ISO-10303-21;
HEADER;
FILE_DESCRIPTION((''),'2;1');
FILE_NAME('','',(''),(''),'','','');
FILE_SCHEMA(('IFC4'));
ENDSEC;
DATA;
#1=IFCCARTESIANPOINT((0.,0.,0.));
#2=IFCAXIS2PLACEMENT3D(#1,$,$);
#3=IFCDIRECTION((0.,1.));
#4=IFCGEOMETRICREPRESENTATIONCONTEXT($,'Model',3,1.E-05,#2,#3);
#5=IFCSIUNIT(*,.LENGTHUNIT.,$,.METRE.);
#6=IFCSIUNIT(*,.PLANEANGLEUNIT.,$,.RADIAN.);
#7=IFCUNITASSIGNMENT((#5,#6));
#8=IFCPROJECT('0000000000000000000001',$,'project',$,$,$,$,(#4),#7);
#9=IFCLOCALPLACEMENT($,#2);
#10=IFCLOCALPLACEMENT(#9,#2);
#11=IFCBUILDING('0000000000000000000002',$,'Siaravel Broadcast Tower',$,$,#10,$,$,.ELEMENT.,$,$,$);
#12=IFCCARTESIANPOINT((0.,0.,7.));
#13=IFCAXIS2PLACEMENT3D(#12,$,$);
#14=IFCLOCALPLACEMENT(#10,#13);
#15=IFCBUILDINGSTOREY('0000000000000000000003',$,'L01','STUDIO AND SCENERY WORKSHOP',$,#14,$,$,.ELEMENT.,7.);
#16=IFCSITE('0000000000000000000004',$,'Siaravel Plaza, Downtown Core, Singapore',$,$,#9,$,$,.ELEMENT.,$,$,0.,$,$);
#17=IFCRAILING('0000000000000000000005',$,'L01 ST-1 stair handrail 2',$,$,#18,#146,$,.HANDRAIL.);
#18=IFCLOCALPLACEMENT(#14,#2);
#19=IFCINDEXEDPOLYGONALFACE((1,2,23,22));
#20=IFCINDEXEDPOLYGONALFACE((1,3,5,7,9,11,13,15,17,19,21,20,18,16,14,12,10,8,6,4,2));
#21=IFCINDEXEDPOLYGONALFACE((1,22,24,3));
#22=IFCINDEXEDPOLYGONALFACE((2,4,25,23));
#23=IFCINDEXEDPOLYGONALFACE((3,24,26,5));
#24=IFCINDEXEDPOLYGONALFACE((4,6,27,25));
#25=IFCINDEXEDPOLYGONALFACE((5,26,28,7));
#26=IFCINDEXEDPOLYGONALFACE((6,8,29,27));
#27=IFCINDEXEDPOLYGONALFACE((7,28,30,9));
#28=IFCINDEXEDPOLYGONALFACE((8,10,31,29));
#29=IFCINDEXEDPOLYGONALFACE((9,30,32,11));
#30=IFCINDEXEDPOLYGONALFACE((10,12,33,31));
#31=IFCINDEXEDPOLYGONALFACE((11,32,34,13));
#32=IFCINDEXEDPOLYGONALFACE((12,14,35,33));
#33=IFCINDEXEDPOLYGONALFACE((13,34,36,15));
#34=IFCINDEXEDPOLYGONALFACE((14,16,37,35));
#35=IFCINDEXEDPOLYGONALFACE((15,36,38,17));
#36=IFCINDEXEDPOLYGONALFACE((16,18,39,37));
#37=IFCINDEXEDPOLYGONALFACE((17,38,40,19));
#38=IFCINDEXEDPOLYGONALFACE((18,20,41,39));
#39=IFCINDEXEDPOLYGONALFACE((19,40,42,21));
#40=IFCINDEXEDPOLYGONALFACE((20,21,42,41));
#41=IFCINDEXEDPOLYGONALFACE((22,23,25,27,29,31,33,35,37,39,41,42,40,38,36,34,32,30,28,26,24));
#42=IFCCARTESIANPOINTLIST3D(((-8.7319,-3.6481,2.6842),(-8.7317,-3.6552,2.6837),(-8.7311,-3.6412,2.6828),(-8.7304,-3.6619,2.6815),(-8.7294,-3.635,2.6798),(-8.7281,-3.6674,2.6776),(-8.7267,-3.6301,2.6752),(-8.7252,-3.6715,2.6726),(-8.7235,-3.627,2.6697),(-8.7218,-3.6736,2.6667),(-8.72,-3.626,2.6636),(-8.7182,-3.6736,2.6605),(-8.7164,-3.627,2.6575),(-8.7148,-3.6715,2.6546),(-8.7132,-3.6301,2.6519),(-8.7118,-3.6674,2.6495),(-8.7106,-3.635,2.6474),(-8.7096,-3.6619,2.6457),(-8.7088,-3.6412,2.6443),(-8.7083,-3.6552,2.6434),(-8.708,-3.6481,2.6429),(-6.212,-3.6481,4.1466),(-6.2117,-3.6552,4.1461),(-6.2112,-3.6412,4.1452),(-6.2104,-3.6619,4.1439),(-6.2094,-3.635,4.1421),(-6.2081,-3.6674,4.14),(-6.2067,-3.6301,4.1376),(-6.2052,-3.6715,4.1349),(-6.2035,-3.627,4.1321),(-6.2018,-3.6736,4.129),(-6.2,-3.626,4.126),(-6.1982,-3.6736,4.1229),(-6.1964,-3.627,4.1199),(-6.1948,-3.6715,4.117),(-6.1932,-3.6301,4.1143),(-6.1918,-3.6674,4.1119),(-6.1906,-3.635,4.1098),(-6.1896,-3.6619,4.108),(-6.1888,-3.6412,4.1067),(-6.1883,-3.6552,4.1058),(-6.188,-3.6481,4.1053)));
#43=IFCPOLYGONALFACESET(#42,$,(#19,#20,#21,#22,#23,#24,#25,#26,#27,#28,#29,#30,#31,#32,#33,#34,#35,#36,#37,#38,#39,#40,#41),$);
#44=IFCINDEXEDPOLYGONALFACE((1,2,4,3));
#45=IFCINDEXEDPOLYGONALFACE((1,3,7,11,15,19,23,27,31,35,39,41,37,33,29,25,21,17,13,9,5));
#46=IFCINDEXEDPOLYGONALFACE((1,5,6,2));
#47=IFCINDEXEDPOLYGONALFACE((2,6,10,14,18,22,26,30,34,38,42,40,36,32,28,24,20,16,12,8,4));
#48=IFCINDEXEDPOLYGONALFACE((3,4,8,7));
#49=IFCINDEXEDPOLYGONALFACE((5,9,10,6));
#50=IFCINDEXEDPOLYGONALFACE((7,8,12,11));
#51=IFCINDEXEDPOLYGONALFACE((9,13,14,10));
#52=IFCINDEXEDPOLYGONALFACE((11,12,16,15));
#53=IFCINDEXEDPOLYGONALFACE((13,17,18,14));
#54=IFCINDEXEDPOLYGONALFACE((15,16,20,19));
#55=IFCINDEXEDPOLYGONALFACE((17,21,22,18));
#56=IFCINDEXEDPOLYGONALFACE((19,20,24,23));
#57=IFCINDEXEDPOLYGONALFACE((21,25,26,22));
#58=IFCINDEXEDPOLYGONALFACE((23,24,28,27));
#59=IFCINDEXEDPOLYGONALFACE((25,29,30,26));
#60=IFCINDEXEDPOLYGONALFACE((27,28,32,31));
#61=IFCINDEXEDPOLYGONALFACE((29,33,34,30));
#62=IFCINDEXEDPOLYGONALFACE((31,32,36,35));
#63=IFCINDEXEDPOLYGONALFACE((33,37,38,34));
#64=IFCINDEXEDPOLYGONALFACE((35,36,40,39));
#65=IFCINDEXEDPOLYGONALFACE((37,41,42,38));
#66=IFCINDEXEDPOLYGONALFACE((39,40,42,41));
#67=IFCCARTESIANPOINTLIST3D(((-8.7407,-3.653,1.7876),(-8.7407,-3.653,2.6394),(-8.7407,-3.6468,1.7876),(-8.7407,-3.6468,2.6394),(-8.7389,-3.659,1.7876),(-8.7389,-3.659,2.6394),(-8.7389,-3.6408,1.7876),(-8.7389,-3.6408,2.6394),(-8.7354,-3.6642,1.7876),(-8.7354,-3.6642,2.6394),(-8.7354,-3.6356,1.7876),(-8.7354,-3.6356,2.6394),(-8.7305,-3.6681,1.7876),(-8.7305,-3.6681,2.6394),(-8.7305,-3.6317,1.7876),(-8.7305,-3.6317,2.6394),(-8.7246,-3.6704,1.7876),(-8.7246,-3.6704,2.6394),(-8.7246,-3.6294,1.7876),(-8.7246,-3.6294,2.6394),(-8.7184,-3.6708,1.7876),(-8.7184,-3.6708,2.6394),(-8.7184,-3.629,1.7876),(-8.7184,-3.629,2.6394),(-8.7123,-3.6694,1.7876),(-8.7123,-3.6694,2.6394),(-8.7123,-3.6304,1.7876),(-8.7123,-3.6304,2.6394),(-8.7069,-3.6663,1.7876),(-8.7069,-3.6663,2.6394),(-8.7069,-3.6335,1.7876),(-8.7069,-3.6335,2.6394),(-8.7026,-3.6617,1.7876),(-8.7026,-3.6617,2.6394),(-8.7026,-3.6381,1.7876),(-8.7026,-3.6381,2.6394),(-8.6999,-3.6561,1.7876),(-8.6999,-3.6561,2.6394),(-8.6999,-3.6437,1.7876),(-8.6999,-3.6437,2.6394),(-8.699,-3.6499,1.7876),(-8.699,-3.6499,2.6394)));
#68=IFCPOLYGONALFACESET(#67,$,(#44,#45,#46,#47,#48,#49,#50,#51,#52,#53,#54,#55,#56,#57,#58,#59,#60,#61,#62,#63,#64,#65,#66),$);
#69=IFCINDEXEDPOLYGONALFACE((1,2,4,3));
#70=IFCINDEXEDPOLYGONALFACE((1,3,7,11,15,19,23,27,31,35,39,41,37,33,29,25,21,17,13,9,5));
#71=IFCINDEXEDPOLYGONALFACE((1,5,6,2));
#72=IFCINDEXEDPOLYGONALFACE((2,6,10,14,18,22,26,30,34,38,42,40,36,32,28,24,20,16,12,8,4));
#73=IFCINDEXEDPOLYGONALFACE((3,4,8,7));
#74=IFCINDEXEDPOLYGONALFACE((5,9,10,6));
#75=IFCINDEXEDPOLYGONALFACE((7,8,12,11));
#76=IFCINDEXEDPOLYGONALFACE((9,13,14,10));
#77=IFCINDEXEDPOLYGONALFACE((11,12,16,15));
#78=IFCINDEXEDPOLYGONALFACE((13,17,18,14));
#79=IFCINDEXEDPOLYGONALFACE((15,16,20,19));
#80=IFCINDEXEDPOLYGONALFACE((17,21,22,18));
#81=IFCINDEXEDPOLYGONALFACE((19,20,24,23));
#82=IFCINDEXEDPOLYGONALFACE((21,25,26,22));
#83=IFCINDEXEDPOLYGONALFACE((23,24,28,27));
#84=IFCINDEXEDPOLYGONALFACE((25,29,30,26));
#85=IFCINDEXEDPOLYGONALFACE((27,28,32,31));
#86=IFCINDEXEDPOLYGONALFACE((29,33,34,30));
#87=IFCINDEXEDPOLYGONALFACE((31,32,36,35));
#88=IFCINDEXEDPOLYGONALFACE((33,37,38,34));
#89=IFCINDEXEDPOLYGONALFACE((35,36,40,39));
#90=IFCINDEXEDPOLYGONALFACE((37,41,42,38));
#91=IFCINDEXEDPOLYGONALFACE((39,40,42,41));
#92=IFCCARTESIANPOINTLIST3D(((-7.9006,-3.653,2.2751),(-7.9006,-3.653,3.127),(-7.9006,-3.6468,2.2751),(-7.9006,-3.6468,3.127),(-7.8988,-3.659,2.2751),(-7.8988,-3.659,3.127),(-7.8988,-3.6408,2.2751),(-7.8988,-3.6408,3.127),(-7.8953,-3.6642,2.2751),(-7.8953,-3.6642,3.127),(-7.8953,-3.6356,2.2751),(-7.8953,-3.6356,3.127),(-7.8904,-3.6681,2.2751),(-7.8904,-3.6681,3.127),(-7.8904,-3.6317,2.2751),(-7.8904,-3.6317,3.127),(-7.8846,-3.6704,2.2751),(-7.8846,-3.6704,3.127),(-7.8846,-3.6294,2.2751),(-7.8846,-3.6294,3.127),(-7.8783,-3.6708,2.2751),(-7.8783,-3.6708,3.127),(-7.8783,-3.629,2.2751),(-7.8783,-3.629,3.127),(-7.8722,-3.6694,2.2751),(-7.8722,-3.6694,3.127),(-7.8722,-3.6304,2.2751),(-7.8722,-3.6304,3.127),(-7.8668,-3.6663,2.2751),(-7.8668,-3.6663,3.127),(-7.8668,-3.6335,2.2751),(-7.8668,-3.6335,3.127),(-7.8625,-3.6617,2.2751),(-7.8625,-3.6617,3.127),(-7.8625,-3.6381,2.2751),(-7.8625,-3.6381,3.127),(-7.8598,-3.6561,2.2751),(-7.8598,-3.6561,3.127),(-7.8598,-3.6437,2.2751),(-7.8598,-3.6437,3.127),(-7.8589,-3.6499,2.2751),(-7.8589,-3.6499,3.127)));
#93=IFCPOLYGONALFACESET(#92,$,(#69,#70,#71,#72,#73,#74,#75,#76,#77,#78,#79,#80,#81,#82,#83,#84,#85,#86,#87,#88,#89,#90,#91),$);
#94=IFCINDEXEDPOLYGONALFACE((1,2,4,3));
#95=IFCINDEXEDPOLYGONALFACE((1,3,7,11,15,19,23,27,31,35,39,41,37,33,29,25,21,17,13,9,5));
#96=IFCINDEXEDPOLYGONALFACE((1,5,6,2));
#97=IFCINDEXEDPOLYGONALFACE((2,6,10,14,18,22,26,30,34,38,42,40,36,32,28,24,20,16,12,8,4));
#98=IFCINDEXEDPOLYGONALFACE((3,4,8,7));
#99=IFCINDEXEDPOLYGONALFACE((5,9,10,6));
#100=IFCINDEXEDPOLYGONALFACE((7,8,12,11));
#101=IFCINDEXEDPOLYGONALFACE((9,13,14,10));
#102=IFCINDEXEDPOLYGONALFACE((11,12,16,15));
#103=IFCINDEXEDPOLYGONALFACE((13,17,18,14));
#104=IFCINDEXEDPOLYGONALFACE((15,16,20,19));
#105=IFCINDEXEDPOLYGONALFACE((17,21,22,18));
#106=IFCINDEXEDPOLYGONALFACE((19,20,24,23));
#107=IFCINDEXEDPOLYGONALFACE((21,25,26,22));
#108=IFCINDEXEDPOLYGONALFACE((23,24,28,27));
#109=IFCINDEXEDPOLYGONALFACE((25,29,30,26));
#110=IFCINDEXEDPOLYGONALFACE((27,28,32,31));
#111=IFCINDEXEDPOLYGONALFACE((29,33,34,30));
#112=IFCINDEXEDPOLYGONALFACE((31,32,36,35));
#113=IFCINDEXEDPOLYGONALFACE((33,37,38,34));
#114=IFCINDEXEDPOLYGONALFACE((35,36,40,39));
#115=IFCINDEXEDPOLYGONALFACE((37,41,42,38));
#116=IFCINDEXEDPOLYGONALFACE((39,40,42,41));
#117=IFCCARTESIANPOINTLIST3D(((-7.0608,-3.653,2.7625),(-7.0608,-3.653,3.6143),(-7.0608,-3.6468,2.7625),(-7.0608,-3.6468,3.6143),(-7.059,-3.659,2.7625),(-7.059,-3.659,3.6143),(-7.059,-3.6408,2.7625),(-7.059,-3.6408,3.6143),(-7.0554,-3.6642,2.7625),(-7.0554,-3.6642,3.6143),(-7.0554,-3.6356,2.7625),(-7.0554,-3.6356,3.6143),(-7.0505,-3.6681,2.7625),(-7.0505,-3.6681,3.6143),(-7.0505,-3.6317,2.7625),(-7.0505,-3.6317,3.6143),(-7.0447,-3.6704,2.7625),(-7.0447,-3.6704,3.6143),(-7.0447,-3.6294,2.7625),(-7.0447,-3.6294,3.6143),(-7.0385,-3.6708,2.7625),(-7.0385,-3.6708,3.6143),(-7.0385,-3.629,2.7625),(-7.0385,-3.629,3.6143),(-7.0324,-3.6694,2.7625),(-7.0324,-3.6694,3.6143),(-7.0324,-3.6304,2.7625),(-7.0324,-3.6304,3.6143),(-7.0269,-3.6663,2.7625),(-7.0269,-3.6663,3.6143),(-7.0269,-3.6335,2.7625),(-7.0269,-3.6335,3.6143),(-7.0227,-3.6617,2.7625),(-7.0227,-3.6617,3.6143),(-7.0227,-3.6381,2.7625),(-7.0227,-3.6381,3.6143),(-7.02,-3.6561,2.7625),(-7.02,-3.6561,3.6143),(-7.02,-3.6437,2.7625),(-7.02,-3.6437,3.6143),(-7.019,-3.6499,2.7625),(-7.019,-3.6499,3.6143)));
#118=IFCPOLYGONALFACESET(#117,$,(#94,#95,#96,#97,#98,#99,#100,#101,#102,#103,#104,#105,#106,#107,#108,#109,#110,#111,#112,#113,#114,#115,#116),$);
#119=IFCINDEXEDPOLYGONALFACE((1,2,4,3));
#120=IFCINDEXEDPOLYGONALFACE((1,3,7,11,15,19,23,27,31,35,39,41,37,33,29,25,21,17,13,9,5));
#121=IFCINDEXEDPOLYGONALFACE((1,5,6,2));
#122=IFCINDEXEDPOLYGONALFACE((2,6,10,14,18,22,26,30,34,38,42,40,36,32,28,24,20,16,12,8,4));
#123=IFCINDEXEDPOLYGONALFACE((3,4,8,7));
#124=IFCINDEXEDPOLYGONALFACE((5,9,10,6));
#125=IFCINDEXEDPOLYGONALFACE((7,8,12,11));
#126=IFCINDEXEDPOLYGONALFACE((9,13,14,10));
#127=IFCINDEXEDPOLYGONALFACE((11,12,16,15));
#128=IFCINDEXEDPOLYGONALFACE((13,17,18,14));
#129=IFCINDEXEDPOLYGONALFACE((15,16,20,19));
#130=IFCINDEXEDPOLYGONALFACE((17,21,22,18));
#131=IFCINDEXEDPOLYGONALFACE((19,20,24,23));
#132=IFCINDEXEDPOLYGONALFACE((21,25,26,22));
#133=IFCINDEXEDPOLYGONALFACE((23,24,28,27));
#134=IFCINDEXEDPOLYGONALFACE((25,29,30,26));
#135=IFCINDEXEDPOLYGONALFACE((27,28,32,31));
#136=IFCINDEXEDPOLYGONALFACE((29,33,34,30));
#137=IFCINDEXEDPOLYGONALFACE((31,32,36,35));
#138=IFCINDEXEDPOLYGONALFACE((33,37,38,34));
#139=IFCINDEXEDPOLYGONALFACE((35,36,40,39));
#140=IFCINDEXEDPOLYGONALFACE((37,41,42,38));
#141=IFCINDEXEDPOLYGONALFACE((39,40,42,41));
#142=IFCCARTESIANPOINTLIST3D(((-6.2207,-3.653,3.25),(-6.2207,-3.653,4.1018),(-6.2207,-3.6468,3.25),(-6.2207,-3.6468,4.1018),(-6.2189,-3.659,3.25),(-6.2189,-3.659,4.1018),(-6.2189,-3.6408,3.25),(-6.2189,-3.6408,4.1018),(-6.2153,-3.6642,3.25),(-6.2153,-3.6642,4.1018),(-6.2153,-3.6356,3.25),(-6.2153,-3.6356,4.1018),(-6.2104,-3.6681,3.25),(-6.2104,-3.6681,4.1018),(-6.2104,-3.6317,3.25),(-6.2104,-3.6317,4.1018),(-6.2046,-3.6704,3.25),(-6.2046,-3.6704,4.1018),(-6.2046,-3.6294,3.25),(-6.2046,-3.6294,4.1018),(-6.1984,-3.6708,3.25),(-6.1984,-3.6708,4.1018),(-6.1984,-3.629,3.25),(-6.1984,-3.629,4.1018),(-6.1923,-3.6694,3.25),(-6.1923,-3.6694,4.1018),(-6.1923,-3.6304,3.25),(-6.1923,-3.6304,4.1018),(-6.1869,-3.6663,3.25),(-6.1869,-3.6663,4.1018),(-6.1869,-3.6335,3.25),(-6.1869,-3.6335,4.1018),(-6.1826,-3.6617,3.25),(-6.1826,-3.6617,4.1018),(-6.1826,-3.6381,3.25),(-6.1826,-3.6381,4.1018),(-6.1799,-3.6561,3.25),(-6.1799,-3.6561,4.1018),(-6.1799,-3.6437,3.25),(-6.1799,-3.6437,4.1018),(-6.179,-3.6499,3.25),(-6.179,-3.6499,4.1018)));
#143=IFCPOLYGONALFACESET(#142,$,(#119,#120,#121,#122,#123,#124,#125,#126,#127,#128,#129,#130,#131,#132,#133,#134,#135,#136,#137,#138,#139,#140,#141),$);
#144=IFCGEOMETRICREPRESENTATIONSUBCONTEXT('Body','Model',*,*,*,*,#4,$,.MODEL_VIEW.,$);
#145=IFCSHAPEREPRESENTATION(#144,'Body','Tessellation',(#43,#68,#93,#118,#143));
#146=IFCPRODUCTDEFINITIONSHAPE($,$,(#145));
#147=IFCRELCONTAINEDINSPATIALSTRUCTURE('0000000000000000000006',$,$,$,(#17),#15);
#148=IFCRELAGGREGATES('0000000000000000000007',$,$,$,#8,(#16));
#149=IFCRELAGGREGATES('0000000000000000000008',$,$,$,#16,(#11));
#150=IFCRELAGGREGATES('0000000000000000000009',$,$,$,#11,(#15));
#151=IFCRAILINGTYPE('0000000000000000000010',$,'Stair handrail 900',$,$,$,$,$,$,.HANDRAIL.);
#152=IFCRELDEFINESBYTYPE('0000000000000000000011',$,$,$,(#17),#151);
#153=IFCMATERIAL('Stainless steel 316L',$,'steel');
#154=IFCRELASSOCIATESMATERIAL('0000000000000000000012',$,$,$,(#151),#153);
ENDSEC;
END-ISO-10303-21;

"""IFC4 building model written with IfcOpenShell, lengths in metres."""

from ifc_helpers import new_model, si_unit, direction, frame, origin, origin_2d, place, context, subcontext, project, spatial, circle, extrude, material, type_object, element, save


model = new_model("IFC4")

# Units and contexts
model_context = context("Model", 3, precision=1e-05, world=origin(), true_north=direction((0.0, 1.0)))
body_context = subcontext(model_context, "Body", "Model", "MODEL_VIEW")
ifc_project = project(units=[si_unit("LENGTHUNIT", "METRE"), si_unit("PLANEANGLEUNIT", "RADIAN")], contexts=[model_context])

# Site, building, storey
site_placement = place(None, origin())
site = spatial("IfcSite", under=ifc_project, at=site_placement, Name="Siaravel Plaza, Downtown Core, Singapore", CompositionType="ELEMENT", RefElevation=0.0)
building_placement = place(site_placement, origin())
building = spatial("IfcBuilding", under=site, at=building_placement, Name="Siaravel Broadcast Tower", CompositionType="ELEMENT")
storey_placement = place(building_placement, frame((0.0, 0.0, 7.0)))
storey = spatial("IfcBuildingStorey", under=building, at=storey_placement, Name="L01", Description="STUDIO AND SCENERY WORKSHOP", CompositionType="ELEMENT", Elevation=7.0)

# Railing
ifc_material_1 = material(Name="Stainless steel 316L", Category="steel")
railing_type_1 = type_object("IfcRailingType", Name="Stair handrail 900", PredefinedType="HANDRAIL", material=ifc_material_1)
for number, where, name in (
    (1, (-8.72, -3.6499, 1.7876), "L01 ST-1 stair handrail 2"),
):
    element("IfcRailing", number, at=place(storey_placement, frame(where)), inside=storey, type_object=railing_type_1, Name=name, PredefinedType="HANDRAIL", context=body_context, shape_type="SweptSolid", body=[
        extrude(circle(Radius=0.0239, at=origin_2d()), frame((0.0, 0.0, 0.876), z_axis=(0.864913, 0.0, 0.501921), x_axis=(0.0, 1.0, 0.0)), (0.0, 0.0, 1.0), 2.9136),
        extrude(circle(Radius=0.021, at=origin_2d()), origin(), (0.0, 0.0, 1.0), 0.8518),
        extrude(circle(Radius=0.021, at=origin_2d()), frame((0.8401, 0.0, 0.4875)), (0.0, 0.0, 1.0), 0.8518),
        extrude(circle(Radius=0.021, at=origin_2d()), frame((1.6799, 0.0, 0.9749)), (0.0, 0.0, 1.0), 0.8518),
        extrude(circle(Radius=0.021, at=origin_2d()), frame((2.52, 0.0, 1.4624)), (0.0, 0.0, 1.0), 0.8518),
    ])

save(model, "model.ifc")
